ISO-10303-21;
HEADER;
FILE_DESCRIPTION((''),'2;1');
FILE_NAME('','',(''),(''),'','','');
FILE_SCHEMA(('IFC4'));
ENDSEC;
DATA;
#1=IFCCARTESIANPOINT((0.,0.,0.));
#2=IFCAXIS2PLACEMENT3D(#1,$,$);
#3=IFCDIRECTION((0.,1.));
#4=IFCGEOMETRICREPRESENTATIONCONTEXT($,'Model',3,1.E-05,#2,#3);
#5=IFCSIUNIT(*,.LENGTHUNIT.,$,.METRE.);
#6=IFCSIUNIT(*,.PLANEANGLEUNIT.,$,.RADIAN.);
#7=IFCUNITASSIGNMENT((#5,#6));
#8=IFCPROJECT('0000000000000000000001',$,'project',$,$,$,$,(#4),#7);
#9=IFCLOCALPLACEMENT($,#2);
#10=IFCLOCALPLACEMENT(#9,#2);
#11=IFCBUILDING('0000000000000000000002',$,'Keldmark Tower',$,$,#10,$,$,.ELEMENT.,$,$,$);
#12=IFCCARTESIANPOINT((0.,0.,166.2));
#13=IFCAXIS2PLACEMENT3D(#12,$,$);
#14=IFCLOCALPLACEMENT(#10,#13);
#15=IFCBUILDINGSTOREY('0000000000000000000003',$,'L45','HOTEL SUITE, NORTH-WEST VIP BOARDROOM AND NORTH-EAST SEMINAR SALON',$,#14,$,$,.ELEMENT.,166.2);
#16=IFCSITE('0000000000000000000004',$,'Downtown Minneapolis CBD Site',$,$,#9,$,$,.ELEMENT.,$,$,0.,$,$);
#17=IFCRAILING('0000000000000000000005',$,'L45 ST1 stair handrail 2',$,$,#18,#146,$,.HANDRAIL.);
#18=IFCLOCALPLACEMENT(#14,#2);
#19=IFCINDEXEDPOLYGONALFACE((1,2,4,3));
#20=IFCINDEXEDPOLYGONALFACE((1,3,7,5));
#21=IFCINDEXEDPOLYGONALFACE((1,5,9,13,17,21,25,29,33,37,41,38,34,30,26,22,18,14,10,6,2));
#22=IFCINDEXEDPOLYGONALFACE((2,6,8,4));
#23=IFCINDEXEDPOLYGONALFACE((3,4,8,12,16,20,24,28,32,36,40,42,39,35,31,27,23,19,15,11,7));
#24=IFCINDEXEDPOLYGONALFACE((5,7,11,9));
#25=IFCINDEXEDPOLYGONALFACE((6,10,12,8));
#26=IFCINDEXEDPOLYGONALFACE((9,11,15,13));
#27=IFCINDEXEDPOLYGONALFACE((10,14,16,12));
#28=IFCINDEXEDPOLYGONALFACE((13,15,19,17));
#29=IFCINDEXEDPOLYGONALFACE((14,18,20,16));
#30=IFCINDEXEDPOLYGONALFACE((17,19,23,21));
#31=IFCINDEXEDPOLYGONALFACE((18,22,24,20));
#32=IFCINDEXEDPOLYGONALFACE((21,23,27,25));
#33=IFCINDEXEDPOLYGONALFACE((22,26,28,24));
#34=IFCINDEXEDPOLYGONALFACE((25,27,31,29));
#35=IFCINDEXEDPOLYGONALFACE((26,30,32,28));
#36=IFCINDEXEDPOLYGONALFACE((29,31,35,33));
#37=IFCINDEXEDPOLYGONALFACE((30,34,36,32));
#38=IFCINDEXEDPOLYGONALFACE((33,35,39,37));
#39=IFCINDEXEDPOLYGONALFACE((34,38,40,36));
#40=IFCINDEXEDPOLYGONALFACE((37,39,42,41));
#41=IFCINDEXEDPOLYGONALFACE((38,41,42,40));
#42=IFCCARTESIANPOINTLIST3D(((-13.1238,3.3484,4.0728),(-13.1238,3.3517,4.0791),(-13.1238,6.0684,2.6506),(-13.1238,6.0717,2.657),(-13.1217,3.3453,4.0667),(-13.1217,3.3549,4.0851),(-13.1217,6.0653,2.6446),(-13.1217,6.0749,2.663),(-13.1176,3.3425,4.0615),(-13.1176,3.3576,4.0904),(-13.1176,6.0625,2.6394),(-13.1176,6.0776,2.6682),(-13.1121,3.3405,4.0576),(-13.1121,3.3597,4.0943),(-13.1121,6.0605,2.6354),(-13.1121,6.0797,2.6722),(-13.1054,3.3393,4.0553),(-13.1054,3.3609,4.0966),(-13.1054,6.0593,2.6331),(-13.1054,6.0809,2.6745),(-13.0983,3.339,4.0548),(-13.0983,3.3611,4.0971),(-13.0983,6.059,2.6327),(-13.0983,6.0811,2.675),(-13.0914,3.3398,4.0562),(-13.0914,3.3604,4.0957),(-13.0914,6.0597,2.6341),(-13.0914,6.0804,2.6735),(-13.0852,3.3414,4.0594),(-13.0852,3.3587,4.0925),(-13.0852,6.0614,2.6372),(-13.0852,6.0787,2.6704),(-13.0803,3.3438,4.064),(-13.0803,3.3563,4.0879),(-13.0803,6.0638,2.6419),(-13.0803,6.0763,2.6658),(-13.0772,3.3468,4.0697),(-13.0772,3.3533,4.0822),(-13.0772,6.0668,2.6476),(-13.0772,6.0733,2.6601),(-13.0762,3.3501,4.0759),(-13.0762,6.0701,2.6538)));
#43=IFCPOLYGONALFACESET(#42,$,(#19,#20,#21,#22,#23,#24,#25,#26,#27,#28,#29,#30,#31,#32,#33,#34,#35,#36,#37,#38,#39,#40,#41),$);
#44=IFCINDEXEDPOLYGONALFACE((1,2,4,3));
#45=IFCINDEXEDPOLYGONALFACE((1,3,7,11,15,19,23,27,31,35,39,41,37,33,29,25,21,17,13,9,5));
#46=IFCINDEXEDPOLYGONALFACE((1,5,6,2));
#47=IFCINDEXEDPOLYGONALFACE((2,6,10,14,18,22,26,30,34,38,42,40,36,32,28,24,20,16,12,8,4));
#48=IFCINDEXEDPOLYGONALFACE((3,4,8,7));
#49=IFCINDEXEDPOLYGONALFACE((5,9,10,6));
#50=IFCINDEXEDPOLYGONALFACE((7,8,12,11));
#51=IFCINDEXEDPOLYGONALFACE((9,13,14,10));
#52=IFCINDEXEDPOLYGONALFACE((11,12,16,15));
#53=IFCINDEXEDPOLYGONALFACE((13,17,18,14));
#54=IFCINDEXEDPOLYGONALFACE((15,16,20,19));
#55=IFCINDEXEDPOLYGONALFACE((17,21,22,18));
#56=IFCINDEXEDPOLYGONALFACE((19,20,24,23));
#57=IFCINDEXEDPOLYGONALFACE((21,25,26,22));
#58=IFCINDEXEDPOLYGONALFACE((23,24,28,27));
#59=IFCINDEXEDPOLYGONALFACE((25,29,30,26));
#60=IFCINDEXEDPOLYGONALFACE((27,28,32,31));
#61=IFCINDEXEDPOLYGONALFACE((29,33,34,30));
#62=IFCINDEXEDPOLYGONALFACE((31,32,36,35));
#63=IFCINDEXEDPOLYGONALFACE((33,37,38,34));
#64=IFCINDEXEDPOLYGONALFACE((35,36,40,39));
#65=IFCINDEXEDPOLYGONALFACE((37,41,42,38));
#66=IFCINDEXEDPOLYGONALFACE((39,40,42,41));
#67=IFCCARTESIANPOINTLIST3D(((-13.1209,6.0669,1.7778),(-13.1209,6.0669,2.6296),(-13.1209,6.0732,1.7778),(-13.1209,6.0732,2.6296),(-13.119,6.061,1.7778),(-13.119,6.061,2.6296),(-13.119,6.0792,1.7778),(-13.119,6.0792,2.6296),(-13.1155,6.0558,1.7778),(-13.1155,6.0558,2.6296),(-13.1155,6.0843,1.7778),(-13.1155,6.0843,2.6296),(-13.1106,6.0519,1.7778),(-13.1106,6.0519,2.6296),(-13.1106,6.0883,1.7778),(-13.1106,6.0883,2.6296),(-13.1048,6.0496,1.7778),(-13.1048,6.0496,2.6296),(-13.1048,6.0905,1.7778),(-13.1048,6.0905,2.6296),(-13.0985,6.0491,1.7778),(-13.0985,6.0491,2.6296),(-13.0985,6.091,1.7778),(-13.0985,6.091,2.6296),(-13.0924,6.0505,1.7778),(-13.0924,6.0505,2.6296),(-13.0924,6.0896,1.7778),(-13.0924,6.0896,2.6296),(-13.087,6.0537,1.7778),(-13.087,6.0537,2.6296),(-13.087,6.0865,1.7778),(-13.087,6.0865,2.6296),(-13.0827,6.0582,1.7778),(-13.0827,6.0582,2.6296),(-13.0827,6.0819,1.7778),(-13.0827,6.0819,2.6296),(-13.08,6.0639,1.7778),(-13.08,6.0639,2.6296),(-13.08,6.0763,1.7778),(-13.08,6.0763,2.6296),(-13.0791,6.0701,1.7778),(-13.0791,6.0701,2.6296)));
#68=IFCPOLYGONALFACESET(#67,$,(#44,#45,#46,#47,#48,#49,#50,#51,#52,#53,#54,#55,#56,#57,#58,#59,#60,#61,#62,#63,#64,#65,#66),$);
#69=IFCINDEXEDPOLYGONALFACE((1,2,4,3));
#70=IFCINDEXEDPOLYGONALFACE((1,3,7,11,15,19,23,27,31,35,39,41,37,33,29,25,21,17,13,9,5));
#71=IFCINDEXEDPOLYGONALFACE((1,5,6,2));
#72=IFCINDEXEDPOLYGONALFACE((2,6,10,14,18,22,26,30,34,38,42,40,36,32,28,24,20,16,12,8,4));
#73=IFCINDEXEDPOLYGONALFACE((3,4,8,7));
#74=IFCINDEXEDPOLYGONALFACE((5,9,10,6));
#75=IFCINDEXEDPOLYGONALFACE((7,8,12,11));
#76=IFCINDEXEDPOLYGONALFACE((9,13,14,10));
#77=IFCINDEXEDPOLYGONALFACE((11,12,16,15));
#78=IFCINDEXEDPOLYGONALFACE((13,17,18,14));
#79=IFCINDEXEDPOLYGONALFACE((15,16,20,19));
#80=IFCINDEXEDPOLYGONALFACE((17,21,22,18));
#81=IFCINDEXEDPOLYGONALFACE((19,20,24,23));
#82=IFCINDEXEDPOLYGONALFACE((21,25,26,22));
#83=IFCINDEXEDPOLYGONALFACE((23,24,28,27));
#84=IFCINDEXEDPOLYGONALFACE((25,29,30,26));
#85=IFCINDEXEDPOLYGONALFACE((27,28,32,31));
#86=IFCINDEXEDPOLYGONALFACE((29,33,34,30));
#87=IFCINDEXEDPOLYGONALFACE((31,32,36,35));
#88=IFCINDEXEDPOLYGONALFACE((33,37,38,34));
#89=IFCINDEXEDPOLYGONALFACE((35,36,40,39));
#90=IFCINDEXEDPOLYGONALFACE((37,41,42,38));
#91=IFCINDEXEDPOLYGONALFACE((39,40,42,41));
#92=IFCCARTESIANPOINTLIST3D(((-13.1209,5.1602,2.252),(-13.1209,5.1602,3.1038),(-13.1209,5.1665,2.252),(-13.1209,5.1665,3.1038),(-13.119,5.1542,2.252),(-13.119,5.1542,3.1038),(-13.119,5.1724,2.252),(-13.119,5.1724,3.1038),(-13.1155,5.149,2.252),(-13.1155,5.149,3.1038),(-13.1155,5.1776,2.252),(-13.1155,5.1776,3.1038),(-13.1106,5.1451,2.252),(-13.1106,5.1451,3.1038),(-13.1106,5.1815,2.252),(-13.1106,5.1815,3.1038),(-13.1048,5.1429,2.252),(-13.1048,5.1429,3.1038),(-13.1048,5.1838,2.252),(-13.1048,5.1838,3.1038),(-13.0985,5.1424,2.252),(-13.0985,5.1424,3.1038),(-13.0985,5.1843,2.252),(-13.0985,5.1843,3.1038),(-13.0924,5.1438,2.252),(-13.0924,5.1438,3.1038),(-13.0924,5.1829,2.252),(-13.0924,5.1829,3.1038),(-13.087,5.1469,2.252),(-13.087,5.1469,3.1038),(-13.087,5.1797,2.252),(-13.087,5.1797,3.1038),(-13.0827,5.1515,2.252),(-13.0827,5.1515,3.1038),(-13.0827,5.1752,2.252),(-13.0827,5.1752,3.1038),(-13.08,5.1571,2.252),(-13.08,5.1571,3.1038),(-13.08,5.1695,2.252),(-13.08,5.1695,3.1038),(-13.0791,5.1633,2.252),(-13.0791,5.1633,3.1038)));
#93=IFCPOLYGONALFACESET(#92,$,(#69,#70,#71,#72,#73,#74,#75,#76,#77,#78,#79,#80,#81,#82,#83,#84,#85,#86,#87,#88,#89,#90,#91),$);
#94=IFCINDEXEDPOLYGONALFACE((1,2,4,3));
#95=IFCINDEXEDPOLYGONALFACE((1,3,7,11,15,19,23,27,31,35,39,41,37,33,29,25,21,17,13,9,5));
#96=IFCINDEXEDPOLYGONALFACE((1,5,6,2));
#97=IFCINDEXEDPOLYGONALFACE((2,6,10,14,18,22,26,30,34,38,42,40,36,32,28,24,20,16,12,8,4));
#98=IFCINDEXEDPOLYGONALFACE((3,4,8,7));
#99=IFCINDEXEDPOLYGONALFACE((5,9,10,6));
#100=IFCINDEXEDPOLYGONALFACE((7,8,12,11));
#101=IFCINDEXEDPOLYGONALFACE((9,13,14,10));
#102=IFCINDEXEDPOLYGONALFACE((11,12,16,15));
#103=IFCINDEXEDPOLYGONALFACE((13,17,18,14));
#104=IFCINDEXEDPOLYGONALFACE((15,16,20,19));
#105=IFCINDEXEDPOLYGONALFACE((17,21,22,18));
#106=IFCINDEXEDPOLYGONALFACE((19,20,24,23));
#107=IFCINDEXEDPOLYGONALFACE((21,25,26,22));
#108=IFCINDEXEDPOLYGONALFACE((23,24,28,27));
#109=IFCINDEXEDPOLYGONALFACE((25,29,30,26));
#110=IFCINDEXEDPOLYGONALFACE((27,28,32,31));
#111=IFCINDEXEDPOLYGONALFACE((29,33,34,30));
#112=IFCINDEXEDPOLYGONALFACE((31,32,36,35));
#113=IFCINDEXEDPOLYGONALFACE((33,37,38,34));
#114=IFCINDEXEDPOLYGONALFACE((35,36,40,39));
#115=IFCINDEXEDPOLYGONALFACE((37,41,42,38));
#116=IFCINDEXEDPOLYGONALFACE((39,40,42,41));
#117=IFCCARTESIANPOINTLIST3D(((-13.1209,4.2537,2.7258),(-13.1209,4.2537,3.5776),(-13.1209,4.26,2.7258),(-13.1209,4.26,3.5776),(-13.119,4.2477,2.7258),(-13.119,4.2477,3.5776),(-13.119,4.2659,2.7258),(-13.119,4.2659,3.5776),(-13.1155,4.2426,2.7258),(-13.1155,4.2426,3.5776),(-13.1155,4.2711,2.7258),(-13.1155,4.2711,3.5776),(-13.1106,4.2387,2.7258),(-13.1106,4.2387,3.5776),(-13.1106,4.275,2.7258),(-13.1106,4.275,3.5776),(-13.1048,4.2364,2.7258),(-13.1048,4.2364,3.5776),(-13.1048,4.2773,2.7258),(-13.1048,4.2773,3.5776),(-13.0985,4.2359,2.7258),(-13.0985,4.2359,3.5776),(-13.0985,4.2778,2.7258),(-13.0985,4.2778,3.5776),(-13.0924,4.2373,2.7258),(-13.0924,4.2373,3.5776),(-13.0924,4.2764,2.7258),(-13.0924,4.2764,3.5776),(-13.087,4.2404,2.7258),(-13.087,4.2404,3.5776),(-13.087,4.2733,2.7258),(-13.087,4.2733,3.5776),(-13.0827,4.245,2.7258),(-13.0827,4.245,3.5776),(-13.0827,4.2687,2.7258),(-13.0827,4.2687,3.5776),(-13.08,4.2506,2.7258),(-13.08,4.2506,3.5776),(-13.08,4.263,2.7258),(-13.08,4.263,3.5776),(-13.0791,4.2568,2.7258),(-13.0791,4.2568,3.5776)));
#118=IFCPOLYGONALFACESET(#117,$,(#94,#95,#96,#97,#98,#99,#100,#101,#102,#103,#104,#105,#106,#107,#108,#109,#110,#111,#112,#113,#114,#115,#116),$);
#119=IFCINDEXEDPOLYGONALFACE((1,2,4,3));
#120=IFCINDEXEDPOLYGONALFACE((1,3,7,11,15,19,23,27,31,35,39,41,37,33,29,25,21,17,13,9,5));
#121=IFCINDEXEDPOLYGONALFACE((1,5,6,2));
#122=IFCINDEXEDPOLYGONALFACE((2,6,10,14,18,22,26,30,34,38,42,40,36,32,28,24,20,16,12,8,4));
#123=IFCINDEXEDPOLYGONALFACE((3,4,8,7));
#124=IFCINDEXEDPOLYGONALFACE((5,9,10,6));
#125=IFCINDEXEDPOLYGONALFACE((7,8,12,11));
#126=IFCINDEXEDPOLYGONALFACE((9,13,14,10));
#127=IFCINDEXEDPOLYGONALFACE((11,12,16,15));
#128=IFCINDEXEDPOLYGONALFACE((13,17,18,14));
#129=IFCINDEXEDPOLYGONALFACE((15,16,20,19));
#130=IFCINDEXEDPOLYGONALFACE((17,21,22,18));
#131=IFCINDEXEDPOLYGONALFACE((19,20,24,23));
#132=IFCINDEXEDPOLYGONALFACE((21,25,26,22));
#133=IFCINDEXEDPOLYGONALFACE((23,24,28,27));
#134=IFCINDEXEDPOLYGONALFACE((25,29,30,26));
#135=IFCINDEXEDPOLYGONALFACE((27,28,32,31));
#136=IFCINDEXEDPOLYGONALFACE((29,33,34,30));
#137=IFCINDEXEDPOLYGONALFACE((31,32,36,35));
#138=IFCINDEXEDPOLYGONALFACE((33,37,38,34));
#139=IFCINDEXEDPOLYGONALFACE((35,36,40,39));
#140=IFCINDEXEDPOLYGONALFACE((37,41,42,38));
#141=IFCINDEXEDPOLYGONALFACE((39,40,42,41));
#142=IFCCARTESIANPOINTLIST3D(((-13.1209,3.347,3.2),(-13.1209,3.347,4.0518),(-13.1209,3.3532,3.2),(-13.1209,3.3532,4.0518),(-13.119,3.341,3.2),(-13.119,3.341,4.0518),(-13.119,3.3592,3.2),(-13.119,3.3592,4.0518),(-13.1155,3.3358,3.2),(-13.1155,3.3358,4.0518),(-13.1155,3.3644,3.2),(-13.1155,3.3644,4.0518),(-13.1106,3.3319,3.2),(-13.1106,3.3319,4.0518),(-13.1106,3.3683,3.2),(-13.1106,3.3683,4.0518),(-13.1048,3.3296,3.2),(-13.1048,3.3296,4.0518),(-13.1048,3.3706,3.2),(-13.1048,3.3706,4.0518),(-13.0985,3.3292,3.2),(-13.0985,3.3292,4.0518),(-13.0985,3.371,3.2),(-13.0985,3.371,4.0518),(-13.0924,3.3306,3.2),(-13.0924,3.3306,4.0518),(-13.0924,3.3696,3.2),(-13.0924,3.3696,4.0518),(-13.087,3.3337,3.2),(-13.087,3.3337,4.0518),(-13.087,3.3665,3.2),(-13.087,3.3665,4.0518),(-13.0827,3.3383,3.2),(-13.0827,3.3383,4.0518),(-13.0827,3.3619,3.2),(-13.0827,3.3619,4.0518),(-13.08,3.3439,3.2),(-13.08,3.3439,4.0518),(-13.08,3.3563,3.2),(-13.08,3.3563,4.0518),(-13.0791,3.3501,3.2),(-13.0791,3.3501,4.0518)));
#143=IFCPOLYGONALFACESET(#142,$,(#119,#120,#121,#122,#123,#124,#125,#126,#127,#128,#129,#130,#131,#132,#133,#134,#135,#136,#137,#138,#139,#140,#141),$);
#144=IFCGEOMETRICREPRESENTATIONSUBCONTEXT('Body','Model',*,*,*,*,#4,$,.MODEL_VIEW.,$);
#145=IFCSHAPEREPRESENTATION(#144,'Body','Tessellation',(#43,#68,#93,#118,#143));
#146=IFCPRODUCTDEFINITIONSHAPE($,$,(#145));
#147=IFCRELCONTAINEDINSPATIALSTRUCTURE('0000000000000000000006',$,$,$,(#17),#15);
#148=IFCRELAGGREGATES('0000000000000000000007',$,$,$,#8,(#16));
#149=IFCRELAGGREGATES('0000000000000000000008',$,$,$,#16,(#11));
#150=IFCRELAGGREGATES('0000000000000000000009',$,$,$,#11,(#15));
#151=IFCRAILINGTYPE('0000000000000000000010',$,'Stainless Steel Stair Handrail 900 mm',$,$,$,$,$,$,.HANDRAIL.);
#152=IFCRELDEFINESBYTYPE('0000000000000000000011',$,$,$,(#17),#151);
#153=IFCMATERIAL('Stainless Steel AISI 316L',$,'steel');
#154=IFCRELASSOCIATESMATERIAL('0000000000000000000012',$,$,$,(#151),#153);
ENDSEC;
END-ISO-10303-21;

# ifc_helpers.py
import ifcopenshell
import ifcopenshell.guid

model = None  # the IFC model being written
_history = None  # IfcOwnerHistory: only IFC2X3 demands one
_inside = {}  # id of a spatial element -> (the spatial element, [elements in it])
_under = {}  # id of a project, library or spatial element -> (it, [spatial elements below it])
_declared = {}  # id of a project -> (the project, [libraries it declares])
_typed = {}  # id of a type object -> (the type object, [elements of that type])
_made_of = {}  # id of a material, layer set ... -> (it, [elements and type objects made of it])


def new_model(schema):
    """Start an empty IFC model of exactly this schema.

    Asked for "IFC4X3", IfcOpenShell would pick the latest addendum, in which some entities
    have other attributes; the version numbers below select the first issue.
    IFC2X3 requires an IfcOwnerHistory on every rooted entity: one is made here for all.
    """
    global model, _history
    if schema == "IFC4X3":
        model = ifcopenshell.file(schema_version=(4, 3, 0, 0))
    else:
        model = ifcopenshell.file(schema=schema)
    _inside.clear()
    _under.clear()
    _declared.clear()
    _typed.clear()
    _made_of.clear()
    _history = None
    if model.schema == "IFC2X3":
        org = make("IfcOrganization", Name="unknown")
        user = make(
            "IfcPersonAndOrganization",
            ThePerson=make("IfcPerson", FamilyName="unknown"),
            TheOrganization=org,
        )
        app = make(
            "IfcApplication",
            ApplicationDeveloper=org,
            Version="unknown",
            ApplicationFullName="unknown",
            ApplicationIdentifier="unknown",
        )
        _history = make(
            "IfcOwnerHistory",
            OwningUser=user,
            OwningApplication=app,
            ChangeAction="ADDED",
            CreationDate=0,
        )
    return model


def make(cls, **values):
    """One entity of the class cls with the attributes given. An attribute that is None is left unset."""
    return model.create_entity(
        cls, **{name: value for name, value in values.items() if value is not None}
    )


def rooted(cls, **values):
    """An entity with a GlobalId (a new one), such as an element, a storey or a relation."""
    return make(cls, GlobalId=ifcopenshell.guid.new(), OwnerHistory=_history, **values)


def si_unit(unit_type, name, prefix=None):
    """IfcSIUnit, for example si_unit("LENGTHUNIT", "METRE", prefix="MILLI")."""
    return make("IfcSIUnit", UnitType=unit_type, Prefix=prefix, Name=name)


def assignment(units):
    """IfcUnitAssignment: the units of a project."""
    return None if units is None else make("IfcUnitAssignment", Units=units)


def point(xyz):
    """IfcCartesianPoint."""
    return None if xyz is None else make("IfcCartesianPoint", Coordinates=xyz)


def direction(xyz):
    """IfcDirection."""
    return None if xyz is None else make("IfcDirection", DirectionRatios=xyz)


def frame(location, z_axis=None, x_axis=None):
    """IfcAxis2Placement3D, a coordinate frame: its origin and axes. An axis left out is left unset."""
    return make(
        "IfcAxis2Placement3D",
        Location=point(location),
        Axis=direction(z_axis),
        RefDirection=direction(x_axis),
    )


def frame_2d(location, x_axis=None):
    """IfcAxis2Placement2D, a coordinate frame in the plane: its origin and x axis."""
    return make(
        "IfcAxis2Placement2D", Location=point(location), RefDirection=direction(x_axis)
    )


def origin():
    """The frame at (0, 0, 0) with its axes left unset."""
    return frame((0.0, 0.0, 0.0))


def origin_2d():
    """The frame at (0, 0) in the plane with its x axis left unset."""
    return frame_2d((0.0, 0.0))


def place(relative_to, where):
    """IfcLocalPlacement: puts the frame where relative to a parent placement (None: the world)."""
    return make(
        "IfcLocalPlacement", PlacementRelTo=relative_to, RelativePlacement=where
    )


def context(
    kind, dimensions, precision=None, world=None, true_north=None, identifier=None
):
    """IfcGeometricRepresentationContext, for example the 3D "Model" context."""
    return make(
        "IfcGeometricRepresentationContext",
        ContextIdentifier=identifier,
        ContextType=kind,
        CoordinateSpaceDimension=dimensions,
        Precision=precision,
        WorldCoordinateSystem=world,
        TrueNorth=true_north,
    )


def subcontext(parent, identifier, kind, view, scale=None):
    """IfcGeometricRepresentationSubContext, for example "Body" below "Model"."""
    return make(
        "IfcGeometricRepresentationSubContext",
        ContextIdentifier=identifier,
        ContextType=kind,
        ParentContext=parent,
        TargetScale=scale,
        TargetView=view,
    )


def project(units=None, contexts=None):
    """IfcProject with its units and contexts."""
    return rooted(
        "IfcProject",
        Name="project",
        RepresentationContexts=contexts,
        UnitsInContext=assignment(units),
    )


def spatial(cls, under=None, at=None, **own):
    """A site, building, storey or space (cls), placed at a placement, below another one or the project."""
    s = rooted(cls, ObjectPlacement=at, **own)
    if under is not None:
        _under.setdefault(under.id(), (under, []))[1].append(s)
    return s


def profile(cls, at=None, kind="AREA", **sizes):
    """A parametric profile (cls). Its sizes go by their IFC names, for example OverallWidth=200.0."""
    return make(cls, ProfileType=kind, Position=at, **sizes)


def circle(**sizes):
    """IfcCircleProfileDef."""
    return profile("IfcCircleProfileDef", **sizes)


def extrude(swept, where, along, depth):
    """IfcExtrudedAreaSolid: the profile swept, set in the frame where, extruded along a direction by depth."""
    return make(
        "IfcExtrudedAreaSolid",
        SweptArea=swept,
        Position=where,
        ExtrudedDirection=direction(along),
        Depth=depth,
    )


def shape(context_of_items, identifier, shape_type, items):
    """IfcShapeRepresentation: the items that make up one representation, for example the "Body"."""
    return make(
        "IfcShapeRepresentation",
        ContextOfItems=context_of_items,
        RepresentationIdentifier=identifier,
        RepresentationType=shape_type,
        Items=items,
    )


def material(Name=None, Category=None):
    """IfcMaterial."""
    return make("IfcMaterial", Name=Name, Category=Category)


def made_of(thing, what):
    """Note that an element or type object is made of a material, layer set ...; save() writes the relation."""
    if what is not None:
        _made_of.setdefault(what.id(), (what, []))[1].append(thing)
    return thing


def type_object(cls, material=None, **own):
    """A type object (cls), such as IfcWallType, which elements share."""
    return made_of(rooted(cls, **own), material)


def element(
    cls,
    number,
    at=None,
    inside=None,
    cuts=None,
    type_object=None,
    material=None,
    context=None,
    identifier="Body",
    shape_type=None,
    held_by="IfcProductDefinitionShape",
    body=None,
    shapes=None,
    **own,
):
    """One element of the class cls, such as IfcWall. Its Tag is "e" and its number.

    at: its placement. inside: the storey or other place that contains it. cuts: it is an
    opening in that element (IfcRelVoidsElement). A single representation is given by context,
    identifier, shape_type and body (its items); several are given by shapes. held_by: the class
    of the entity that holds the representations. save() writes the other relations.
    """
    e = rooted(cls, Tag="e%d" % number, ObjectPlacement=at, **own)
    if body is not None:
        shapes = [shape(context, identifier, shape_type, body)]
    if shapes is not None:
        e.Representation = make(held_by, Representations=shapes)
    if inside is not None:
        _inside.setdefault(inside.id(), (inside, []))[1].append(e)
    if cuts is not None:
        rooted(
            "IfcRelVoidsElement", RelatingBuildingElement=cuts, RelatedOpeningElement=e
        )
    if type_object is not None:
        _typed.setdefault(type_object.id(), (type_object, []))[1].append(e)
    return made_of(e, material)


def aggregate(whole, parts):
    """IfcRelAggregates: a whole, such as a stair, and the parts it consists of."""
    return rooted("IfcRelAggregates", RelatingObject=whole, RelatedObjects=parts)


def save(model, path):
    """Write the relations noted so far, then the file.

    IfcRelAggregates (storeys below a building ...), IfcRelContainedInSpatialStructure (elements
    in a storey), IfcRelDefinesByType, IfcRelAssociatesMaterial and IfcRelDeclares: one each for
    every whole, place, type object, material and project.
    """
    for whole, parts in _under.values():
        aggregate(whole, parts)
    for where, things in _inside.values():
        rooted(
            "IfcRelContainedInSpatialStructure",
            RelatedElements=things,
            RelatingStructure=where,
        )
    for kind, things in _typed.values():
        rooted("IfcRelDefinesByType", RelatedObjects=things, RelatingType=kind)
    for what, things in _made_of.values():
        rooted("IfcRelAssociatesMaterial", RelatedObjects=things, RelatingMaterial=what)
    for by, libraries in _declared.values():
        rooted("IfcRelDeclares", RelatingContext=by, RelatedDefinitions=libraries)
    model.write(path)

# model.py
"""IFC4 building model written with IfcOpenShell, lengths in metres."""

from ifc_helpers import new_model, si_unit, direction, frame, origin, origin_2d, place, context, subcontext, project, spatial, circle, extrude, material, type_object, element, save


model = new_model("IFC4")

# Units and contexts
model_context = context("Model", 3, precision=1e-05, world=origin(), true_north=direction((0.0, 1.0)))
body_context = subcontext(model_context, "Body", "Model", "MODEL_VIEW")
ifc_project = project(units=[si_unit("LENGTHUNIT", "METRE"), si_unit("PLANEANGLEUNIT", "RADIAN")], contexts=[model_context])

# Site, building, storey
site_placement = place(None, origin())
site = spatial("IfcSite", under=ifc_project, at=site_placement, Name="Downtown Minneapolis CBD Site", CompositionType="ELEMENT", RefElevation=0.0)
building_placement = place(site_placement, origin())
building = spatial("IfcBuilding", under=site, at=building_placement, Name="Keldmark Tower", CompositionType="ELEMENT")
storey_placement = place(building_placement, frame((0.0, 0.0, 166.2)))
storey = spatial("IfcBuildingStorey", under=building, at=storey_placement, Name="L45", Description="HOTEL SUITE, NORTH-WEST VIP BOARDROOM AND NORTH-EAST SEMINAR SALON", CompositionType="ELEMENT", Elevation=166.2)

# Railing
ifc_material_1 = material(Name="Stainless Steel AISI 316L", Category="steel")
railing_type = type_object("IfcRailingType", Name="Stainless Steel Stair Handrail 900 mm", PredefinedType="HANDRAIL", material=ifc_material_1)
railing_placement = place(storey_placement, frame((-13.1001, 6.0701, 1.7778)))
element("IfcRailing", 1, at=railing_placement, inside=storey, type_object=railing_type, Name="L45 ST1 stair handrail 2", PredefinedType="HANDRAIL", context=body_context, shape_type="SweptSolid", body=[
    extrude(circle(Radius=0.0239, at=origin_2d()), frame((0.0, 0.0, 0.876), z_axis=(0.0, -0.886183, 0.463335), x_axis=(1.0, 0.0, 0.0)), (0.0, 0.0, 1.0), 3.0693),
    extrude(circle(Radius=0.021, at=origin_2d()), origin(), (0.0, 0.0, 1.0), 0.8518),
    extrude(circle(Radius=0.021, at=origin_2d()), frame((0.0, -0.9067, 0.4741)), (0.0, 0.0, 1.0), 0.8518),
    extrude(circle(Radius=0.021, at=origin_2d()), frame((0.0, -1.8132, 0.948)), (0.0, 0.0, 1.0), 0.8518),
    extrude(circle(Radius=0.021, at=origin_2d()), frame((0.0, -2.72, 1.4221)), (0.0, 0.0, 1.0), 0.8518),
])

save(model, "model.ifc")
